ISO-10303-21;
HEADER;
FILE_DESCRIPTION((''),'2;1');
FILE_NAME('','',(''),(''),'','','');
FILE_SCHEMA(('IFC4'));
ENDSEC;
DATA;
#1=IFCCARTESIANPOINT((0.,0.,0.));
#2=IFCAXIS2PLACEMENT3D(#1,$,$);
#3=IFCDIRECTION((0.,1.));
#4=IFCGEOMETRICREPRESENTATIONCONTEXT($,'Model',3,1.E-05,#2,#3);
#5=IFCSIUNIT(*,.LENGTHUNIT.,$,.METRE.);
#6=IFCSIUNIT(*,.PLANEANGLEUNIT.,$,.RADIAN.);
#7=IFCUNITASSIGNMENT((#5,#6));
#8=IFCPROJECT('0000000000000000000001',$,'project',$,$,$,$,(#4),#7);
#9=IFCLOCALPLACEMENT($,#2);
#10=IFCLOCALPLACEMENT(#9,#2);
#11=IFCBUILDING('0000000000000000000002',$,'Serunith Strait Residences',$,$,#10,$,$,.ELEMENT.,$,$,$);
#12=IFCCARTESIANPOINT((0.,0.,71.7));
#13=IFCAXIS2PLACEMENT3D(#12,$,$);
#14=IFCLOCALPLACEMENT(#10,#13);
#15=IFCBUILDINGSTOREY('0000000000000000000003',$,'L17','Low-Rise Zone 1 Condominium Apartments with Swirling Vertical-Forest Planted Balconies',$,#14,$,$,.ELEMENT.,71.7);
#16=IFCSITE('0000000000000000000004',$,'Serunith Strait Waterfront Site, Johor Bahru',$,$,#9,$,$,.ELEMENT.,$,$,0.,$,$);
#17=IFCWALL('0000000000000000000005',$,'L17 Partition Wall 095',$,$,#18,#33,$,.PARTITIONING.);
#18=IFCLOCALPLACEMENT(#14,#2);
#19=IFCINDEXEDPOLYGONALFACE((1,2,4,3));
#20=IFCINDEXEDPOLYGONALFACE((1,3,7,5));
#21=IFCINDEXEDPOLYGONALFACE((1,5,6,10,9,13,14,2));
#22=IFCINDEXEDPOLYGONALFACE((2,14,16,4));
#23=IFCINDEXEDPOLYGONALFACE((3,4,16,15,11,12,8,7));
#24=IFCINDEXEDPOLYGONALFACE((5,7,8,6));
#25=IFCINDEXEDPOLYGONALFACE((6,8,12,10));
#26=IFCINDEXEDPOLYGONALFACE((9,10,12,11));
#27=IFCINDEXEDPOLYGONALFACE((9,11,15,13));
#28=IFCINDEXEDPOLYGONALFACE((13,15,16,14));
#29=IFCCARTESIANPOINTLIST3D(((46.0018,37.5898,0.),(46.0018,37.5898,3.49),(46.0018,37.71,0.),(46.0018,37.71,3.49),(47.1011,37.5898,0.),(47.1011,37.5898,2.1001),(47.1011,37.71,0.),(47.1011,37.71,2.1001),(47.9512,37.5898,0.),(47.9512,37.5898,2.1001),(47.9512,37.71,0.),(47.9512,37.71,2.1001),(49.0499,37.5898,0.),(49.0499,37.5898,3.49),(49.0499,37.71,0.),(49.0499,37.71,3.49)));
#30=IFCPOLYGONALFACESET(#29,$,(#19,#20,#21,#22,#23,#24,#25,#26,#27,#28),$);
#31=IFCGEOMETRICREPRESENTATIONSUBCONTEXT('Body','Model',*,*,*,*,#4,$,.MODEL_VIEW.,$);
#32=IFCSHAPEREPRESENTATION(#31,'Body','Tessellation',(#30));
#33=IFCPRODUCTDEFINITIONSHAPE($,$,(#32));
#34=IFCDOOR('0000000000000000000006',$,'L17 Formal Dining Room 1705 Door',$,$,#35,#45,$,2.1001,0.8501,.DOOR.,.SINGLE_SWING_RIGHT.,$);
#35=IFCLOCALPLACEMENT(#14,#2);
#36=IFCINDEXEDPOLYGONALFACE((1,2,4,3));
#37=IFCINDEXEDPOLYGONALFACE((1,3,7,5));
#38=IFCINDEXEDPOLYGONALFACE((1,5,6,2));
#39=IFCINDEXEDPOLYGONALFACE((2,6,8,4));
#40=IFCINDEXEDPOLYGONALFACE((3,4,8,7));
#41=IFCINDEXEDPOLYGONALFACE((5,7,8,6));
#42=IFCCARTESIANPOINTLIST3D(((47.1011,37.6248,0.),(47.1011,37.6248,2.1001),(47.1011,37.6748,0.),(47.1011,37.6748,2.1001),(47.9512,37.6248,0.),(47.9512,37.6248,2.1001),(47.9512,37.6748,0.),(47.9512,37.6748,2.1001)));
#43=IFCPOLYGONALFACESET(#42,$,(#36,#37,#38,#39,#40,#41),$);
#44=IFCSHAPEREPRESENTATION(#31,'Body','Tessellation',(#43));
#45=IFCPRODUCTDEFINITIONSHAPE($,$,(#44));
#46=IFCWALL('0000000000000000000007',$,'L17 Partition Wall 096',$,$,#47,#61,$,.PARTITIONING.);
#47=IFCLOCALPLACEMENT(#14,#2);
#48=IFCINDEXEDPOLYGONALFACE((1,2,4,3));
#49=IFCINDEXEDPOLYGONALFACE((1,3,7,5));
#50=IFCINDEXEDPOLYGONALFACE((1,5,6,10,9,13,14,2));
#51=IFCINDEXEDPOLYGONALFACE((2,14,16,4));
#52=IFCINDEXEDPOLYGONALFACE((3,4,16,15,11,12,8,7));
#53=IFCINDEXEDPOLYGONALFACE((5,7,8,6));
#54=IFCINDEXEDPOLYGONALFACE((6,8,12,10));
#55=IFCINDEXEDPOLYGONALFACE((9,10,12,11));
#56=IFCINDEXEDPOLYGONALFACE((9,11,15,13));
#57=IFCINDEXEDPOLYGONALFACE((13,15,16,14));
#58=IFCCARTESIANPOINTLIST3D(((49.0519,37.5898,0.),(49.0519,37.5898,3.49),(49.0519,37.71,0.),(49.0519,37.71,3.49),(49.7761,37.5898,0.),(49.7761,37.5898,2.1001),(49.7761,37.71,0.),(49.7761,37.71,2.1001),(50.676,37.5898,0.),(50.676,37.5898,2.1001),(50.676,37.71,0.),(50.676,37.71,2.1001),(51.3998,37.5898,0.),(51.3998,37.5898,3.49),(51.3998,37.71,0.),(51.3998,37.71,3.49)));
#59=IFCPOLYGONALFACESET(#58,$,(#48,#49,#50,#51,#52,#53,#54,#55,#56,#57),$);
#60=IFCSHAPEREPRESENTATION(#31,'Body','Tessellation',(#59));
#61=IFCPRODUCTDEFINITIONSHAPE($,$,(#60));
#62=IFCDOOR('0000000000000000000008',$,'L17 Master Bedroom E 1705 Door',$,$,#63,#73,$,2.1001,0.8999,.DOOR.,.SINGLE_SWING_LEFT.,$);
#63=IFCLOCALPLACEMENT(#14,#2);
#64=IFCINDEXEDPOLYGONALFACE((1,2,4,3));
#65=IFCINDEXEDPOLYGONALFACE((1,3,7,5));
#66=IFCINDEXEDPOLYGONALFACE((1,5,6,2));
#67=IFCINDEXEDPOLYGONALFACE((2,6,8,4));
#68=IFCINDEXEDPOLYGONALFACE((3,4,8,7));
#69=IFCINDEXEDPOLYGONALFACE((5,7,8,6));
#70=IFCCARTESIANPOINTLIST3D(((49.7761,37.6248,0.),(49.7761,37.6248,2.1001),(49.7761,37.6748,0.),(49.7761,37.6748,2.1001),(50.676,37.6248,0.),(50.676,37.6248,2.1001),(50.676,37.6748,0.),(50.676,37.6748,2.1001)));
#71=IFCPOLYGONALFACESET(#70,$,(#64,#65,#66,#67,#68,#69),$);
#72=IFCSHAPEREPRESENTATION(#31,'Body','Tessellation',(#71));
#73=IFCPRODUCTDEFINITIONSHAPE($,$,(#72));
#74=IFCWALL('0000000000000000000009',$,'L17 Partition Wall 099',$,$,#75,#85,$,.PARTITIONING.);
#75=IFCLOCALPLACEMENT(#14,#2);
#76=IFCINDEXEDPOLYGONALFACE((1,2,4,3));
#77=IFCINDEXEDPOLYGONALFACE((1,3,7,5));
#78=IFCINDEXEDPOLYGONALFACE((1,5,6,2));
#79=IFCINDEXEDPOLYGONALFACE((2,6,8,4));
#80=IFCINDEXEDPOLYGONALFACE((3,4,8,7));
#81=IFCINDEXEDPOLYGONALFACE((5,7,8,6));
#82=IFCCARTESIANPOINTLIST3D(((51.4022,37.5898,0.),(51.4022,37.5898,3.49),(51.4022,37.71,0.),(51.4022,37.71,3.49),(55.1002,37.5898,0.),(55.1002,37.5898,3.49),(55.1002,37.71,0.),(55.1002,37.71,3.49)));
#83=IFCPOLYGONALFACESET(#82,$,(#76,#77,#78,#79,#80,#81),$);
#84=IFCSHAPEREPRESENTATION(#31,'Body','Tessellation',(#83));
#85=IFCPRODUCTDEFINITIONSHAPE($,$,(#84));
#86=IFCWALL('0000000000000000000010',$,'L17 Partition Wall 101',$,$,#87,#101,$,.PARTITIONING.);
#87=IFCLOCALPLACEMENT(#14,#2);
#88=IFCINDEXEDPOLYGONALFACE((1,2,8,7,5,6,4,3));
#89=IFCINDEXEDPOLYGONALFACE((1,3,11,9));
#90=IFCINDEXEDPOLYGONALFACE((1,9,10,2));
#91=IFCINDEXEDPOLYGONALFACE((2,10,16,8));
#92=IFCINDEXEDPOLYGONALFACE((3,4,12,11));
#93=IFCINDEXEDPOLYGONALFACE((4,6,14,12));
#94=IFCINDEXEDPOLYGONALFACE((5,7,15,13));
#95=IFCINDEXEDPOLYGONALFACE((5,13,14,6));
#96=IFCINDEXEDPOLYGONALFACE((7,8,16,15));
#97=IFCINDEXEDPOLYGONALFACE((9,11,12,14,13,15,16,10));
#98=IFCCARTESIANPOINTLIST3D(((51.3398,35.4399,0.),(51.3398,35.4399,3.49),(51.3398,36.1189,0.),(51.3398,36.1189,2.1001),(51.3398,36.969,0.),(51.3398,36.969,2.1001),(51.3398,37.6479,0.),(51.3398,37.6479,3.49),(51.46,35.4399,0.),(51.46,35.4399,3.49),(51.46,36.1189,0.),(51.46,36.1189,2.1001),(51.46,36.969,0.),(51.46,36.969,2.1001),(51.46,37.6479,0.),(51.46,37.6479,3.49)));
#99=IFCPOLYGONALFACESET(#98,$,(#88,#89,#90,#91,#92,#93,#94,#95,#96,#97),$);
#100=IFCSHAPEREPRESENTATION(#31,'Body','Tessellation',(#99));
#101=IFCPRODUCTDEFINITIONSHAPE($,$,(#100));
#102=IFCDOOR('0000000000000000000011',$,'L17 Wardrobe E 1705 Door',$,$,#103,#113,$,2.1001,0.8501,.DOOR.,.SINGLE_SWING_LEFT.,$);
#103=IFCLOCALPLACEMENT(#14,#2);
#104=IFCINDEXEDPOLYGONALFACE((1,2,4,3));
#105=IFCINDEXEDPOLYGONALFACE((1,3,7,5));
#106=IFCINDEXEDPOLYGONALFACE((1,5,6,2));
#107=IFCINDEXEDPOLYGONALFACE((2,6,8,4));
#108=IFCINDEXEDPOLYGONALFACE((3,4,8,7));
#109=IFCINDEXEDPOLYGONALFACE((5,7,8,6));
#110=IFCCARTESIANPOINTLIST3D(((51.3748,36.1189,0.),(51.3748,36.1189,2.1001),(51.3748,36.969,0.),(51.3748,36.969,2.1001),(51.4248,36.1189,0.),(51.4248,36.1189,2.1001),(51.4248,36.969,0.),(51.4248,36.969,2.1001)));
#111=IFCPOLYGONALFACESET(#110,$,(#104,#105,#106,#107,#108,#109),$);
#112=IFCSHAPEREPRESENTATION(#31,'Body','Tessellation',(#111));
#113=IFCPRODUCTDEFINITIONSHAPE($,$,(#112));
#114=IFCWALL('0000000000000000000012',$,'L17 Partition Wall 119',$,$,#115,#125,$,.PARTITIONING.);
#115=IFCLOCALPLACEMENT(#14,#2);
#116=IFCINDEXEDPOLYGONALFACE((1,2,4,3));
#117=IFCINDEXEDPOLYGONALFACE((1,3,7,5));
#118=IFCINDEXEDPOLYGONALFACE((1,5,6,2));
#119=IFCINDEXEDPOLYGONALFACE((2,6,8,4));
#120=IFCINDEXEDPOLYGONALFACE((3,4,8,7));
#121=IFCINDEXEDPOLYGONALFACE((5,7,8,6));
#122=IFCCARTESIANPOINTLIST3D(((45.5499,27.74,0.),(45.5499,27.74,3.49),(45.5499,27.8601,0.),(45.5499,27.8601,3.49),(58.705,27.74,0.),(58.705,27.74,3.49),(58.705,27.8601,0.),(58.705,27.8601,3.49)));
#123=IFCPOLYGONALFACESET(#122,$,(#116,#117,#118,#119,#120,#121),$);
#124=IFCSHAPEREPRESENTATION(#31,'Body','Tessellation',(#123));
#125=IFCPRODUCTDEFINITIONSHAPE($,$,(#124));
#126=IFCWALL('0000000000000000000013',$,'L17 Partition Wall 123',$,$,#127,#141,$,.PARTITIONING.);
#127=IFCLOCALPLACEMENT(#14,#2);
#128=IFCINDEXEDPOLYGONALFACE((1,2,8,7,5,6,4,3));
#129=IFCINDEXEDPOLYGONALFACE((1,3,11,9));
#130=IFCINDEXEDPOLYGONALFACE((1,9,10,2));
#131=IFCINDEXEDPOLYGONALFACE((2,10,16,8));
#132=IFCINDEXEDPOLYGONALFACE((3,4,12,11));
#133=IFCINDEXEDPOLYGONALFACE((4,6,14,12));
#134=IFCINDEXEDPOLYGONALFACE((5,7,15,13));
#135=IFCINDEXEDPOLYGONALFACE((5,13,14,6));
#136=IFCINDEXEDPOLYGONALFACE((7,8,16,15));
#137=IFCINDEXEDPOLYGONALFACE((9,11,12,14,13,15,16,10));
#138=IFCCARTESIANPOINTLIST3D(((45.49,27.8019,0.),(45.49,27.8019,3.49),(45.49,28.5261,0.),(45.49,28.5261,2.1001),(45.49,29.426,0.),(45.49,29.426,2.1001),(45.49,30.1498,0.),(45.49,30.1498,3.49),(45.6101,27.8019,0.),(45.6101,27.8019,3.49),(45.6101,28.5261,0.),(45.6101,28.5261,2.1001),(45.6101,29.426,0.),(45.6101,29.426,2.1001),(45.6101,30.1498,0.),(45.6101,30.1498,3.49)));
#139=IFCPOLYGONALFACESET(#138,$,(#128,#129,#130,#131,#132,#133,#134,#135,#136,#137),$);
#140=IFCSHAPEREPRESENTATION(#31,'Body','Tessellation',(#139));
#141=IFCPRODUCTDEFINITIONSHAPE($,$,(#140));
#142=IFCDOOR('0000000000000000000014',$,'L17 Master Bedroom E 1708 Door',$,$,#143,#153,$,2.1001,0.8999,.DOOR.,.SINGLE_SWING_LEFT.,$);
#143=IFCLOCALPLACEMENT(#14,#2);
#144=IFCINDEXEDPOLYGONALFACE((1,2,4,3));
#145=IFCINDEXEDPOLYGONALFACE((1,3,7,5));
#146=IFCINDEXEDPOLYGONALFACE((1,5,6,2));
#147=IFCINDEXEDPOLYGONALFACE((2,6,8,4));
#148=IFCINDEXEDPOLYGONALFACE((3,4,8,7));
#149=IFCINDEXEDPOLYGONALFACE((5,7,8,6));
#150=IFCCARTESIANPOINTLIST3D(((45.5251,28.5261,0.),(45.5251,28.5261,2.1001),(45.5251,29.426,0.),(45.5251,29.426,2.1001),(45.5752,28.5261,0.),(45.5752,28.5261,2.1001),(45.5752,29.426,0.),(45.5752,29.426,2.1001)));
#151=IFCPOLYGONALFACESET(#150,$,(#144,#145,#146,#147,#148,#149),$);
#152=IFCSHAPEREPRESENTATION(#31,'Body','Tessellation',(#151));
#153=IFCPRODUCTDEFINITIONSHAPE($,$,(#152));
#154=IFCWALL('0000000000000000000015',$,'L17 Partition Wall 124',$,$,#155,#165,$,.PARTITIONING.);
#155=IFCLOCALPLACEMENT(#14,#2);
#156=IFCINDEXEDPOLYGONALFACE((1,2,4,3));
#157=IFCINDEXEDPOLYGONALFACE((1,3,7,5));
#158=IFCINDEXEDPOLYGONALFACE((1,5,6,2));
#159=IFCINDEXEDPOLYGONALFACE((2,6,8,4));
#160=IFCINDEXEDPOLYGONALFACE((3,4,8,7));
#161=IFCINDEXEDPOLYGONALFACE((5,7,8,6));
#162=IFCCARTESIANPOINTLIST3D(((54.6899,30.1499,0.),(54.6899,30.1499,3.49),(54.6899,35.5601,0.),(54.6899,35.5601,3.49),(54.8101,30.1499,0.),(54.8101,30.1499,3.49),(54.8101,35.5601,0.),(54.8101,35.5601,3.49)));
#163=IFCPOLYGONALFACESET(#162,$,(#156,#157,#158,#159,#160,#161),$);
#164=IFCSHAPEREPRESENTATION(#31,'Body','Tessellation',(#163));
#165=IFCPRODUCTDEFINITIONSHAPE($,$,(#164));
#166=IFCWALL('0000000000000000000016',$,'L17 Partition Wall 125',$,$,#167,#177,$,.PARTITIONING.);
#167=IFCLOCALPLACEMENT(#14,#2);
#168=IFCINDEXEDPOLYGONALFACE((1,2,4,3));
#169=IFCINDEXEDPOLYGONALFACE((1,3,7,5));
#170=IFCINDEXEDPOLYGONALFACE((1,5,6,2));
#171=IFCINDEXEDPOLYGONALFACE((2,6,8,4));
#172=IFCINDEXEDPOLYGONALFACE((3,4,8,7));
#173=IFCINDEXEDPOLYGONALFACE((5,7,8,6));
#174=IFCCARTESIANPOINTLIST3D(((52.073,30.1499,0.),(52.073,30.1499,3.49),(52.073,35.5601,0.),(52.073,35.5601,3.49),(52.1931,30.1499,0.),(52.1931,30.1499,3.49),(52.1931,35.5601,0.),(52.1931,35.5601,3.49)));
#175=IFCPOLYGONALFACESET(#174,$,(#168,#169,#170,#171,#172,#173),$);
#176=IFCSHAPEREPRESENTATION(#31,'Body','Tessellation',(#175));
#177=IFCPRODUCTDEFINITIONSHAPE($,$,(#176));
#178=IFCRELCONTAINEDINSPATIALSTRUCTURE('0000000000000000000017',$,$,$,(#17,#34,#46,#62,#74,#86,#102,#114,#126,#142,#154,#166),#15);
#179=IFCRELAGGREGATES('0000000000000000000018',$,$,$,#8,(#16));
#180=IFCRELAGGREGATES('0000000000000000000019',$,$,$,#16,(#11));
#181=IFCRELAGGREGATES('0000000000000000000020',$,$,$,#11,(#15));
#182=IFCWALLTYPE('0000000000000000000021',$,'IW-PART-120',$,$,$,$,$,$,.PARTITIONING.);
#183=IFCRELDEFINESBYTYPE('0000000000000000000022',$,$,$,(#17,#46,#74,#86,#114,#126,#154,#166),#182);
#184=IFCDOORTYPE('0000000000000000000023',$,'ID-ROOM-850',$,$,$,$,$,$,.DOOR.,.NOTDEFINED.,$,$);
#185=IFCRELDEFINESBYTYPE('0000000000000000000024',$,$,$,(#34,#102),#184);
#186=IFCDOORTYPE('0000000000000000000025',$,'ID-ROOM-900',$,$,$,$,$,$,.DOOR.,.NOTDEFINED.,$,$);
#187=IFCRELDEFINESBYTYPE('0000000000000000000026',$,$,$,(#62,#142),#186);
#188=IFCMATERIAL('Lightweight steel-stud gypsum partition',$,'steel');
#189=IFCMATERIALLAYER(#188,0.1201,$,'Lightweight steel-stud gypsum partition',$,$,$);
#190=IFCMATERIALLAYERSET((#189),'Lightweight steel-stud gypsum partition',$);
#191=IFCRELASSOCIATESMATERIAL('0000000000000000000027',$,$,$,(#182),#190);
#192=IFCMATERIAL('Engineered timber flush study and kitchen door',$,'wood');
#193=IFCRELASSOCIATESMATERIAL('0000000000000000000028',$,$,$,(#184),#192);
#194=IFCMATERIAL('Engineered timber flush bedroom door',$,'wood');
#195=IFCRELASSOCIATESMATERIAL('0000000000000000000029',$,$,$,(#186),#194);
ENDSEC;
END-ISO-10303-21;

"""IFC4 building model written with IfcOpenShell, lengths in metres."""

from ifc_helpers import new_model, si_unit, direction, frame, frame_2d, origin, place, context, subcontext, project, spatial, rectangle, extrude, source, transform, mapped, material, layer, layer_set, type_object, element, fill, save


model = new_model("IFC4")

# Units and contexts
model_context = context("Model", 3, precision=1e-05, world=origin(), true_north=direction((0.0, 1.0)))
body_context = subcontext(model_context, "Body", "Model", "MODEL_VIEW")
ifc_project = project(units=[si_unit("LENGTHUNIT", "METRE"), si_unit("PLANEANGLEUNIT", "RADIAN")], contexts=[model_context])

# Site, building, storey
site_placement = place(None, origin())
site = spatial("IfcSite", under=ifc_project, at=site_placement, Name="Serunith Strait Waterfront Site, Johor Bahru", CompositionType="ELEMENT", RefElevation=0.0)
building_placement = place(site_placement, origin())
building = spatial("IfcBuilding", under=site, at=building_placement, Name="Serunith Strait Residences", CompositionType="ELEMENT")
storey_placement = place(building_placement, frame((0.0, 0.0, 71.7)))
storey = spatial("IfcBuildingStorey", under=building, at=storey_placement, Name="L17", Description="Low-Rise Zone 1 Condominium Apartments with Swirling Vertical-Forest Planted Balconies", CompositionType="ELEMENT", Elevation=71.7)

# Walls, openings, doors
ifc_material_1 = material(Name="Lightweight steel-stud gypsum partition", Category="steel")
ifc_layer_1 = layer(ifc_material_1, 0.1201, Name="Lightweight steel-stud gypsum partition")
ifc_layer_set_1 = layer_set([ifc_layer_1], Name="Lightweight steel-stud gypsum partition")
wall_type = type_object("IfcWallType", Name="IW-PART-120", PredefinedType="PARTITIONING", material=ifc_layer_set_1)
wall_1_placement = place(storey_placement, frame((46.002, 37.6499, 0.0), z_axis=(0.0, 0.0, 1.0), x_axis=(1.0, 0.0, 0.0)))
wall_1 = element("IfcWall", 1, at=wall_1_placement, inside=storey, type_object=wall_type, Name="L17 Partition Wall 095", PredefinedType="PARTITIONING", context=body_context, shape_type="SweptSolid", body=[
    extrude(rectangle(XDim=3.0481, YDim=0.1201, at=frame_2d((1.5239, 0.0))), origin(), (0.0, 0.0, 1.0), 3.49),
])
opening_1_placement = place(wall_1_placement, frame((1.0991, 0.0, 0.0)))
opening_1 = element("IfcOpeningElement", 2, at=opening_1_placement, cuts=wall_1, PredefinedType="OPENING", context=body_context, shape_type="SweptSolid", body=[
    extrude(rectangle(XDim=0.8501, YDim=2.1001, at=frame_2d((0.425, 1.05))), frame((0.0, 0.0701, 0.0), z_axis=(0.0, -1.0, 0.0), x_axis=(1.0, 0.0, 0.0)), (0.0, 0.0, 1.0), 0.1401),
])
ifc_material_2 = material(Name="Engineered timber flush study and kitchen door", Category="wood")
door_type_1 = type_object("IfcDoorType", Name="ID-ROOM-850", OperationType="NOTDEFINED", PredefinedType="DOOR", material=ifc_material_2)
shared_shape_1 = source(origin(), body_context, "Body", "SweptSolid", [
    extrude(rectangle(XDim=0.8501, YDim=2.1001, at=frame_2d((0.425, 1.05))), frame((0.0, 0.0249, 0.0), z_axis=(0.0, -1.0, 0.0), x_axis=(1.0, 0.0, 0.0)), (0.0, 0.0, 1.0), 0.05),
])
door_1_placement = place(opening_1_placement, origin())
door_1 = element("IfcDoor", 3, at=door_1_placement, inside=storey, type_object=door_type_1, Name="L17 Formal Dining Room 1705 Door", OperationType="SINGLE_SWING_RIGHT", OverallHeight=2.1001, OverallWidth=0.8501, PredefinedType="DOOR", context=body_context, shape_type="MappedRepresentation", body=[
    mapped(shared_shape_1, transform((0.0, 0.0, 0.0), scale=1.0)),
])
fill(opening_1, door_1)
wall_2_placement = place(storey_placement, frame((49.052, 37.6499, 0.0), z_axis=(0.0, 0.0, 1.0), x_axis=(1.0, 0.0, 0.0)))
wall_2 = element("IfcWall", 4, at=wall_2_placement, inside=storey, type_object=wall_type, Name="L17 Partition Wall 096", PredefinedType="PARTITIONING", context=body_context, shape_type="SweptSolid", body=[
    extrude(rectangle(XDim=2.3479, YDim=0.1201, at=frame_2d((1.1738, 0.0))), origin(), (0.0, 0.0, 1.0), 3.49),
])
opening_2_placement = place(wall_2_placement, frame((0.7241, 0.0, 0.0)))
opening_2 = element("IfcOpeningElement", 5, at=opening_2_placement, cuts=wall_2, PredefinedType="OPENING", context=body_context, shape_type="SweptSolid", body=[
    extrude(rectangle(XDim=0.8999, YDim=2.1001, at=frame_2d((0.45, 1.05))), frame((0.0, 0.0701, 0.0), z_axis=(0.0, -1.0, 0.0), x_axis=(1.0, 0.0, 0.0)), (0.0, 0.0, 1.0), 0.1401),
])
ifc_material_3 = material(Name="Engineered timber flush bedroom door", Category="wood")
door_type_2 = type_object("IfcDoorType", Name="ID-ROOM-900", OperationType="NOTDEFINED", PredefinedType="DOOR", material=ifc_material_3)
shared_shape_2 = source(origin(), body_context, "Body", "SweptSolid", [
    extrude(rectangle(XDim=0.8999, YDim=2.1001, at=frame_2d((0.45, 1.05))), frame((0.0, 0.0249, 0.0), z_axis=(0.0, -1.0, 0.0), x_axis=(1.0, 0.0, 0.0)), (0.0, 0.0, 1.0), 0.05),
])
door_2_placement = place(opening_2_placement, origin())
door_2 = element("IfcDoor", 6, at=door_2_placement, inside=storey, type_object=door_type_2, Name="L17 Master Bedroom E 1705 Door", OperationType="SINGLE_SWING_LEFT", OverallHeight=2.1001, OverallWidth=0.8999, PredefinedType="DOOR", context=body_context, shape_type="MappedRepresentation", body=[
    mapped(shared_shape_2, transform((0.0, 0.0, 0.0), scale=1.0)),
])
fill(opening_2, door_2)

# Wall
wall_3_placement = place(storey_placement, frame((51.4021, 37.6499, 0.0), z_axis=(0.0, 0.0, 1.0), x_axis=(1.0, 0.0, 0.0)))
element("IfcWall", 7, at=wall_3_placement, inside=storey, type_object=wall_type, Name="L17 Partition Wall 099", PredefinedType="PARTITIONING", context=body_context, shape_type="SweptSolid", body=[
    extrude(rectangle(XDim=3.698, YDim=0.1201, at=frame_2d((1.8491, 0.0))), origin(), (0.0, 0.0, 1.0), 3.49),
])

# Wall, opening, door
wall_4_placement = place(storey_placement, frame((51.3999, 37.6479, 0.0), z_axis=(0.0, 0.0, 1.0), x_axis=(0.0, -1.0, 0.0)))
wall_4 = element("IfcWall", 8, at=wall_4_placement, inside=storey, type_object=wall_type, Name="L17 Partition Wall 101", PredefinedType="PARTITIONING", context=body_context, shape_type="SweptSolid", body=[
    extrude(rectangle(XDim=2.208, YDim=0.1201, at=frame_2d((1.104, 0.0))), origin(), (0.0, 0.0, 1.0), 3.49),
])
opening_3_placement = place(wall_4_placement, frame((0.679, 0.0, 0.0)))
opening_3 = element("IfcOpeningElement", 9, at=opening_3_placement, cuts=wall_4, PredefinedType="OPENING", context=body_context, shape_type="SweptSolid", body=[
    extrude(rectangle(XDim=0.8501, YDim=2.1001, at=frame_2d((0.425, 1.05))), frame((0.0, 0.0701, 0.0), z_axis=(0.0, -1.0, 0.0), x_axis=(1.0, 0.0, 0.0)), (0.0, 0.0, 1.0), 0.1401),
])
door_3_placement = place(opening_3_placement, origin())
door_3 = element("IfcDoor", 10, at=door_3_placement, inside=storey, type_object=door_type_1, Name="L17 Wardrobe E 1705 Door", OperationType="SINGLE_SWING_LEFT", OverallHeight=2.1001, OverallWidth=0.8501, PredefinedType="DOOR", context=body_context, shape_type="MappedRepresentation", body=[
    mapped(shared_shape_1, transform((0.0, 0.0, 0.0), scale=1.0)),
])
fill(opening_3, door_3)

# Wall
wall_5_placement = place(storey_placement, frame((58.7051, 27.8, 0.0), z_axis=(0.0, 0.0, 1.0), x_axis=(-1.0, 0.0, 0.0)))
element("IfcWall", 11, at=wall_5_placement, inside=storey, type_object=wall_type, Name="L17 Partition Wall 119", PredefinedType="PARTITIONING", context=body_context, shape_type="SweptSolid", body=[
    extrude(rectangle(XDim=13.155, YDim=0.1201, at=frame_2d((6.5776, 0.0))), origin(), (0.0, 0.0, 1.0), 3.49),
])

# Wall, opening, door
wall_6_placement = place(storey_placement, frame((45.55, 27.802, 0.0), z_axis=(0.0, 0.0, 1.0), x_axis=(0.0, 1.0, 0.0)))
wall_6 = element("IfcWall", 12, at=wall_6_placement, inside=storey, type_object=wall_type, Name="L17 Partition Wall 123", PredefinedType="PARTITIONING", context=body_context, shape_type="SweptSolid", body=[
    extrude(rectangle(XDim=2.3479, YDim=0.1201, at=frame_2d((1.1738, 0.0))), origin(), (0.0, 0.0, 1.0), 3.49),
])
opening_4_placement = place(wall_6_placement, frame((0.7241, 0.0, 0.0)))
opening_4 = element("IfcOpeningElement", 13, at=opening_4_placement, cuts=wall_6, PredefinedType="OPENING", context=body_context, shape_type="SweptSolid", body=[
    extrude(rectangle(XDim=0.8999, YDim=2.1001, at=frame_2d((0.45, 1.05))), frame((0.0, 0.0701, 0.0), z_axis=(0.0, -1.0, 0.0), x_axis=(1.0, 0.0, 0.0)), (0.0, 0.0, 1.0), 0.1401),
])
door_4_placement = place(opening_4_placement, origin())
door_4 = element("IfcDoor", 14, at=door_4_placement, inside=storey, type_object=door_type_2, Name="L17 Master Bedroom E 1708 Door", OperationType="SINGLE_SWING_LEFT", OverallHeight=2.1001, OverallWidth=0.8999, PredefinedType="DOOR", context=body_context, shape_type="MappedRepresentation", body=[
    mapped(shared_shape_2, transform((0.0, 0.0, 0.0), scale=1.0)),
])
fill(opening_4, door_4)

# Walls
for number, where, z_axis, x_axis, name in (
    (15, (54.75, 30.1499, 0.0), (0.0, 0.0, 1.0), (0.0, 1.0, 0.0), "L17 Partition Wall 124"),
    (16, (52.1331, 30.1499, 0.0), (0.0, 0.0, 1.0), (0.0, 1.0, 0.0), "L17 Partition Wall 125"),
):
    element("IfcWall", number, at=place(storey_placement, frame(where, z_axis=z_axis, x_axis=x_axis)), inside=storey, type_object=wall_type, Name=name, PredefinedType="PARTITIONING", context=body_context, shape_type="SweptSolid", body=[
        extrude(rectangle(XDim=5.4102, YDim=0.1201, at=frame_2d((2.7051, 0.0))), origin(), (0.0, 0.0, 1.0), 3.49),
    ])

save(model, "model.ifc")
